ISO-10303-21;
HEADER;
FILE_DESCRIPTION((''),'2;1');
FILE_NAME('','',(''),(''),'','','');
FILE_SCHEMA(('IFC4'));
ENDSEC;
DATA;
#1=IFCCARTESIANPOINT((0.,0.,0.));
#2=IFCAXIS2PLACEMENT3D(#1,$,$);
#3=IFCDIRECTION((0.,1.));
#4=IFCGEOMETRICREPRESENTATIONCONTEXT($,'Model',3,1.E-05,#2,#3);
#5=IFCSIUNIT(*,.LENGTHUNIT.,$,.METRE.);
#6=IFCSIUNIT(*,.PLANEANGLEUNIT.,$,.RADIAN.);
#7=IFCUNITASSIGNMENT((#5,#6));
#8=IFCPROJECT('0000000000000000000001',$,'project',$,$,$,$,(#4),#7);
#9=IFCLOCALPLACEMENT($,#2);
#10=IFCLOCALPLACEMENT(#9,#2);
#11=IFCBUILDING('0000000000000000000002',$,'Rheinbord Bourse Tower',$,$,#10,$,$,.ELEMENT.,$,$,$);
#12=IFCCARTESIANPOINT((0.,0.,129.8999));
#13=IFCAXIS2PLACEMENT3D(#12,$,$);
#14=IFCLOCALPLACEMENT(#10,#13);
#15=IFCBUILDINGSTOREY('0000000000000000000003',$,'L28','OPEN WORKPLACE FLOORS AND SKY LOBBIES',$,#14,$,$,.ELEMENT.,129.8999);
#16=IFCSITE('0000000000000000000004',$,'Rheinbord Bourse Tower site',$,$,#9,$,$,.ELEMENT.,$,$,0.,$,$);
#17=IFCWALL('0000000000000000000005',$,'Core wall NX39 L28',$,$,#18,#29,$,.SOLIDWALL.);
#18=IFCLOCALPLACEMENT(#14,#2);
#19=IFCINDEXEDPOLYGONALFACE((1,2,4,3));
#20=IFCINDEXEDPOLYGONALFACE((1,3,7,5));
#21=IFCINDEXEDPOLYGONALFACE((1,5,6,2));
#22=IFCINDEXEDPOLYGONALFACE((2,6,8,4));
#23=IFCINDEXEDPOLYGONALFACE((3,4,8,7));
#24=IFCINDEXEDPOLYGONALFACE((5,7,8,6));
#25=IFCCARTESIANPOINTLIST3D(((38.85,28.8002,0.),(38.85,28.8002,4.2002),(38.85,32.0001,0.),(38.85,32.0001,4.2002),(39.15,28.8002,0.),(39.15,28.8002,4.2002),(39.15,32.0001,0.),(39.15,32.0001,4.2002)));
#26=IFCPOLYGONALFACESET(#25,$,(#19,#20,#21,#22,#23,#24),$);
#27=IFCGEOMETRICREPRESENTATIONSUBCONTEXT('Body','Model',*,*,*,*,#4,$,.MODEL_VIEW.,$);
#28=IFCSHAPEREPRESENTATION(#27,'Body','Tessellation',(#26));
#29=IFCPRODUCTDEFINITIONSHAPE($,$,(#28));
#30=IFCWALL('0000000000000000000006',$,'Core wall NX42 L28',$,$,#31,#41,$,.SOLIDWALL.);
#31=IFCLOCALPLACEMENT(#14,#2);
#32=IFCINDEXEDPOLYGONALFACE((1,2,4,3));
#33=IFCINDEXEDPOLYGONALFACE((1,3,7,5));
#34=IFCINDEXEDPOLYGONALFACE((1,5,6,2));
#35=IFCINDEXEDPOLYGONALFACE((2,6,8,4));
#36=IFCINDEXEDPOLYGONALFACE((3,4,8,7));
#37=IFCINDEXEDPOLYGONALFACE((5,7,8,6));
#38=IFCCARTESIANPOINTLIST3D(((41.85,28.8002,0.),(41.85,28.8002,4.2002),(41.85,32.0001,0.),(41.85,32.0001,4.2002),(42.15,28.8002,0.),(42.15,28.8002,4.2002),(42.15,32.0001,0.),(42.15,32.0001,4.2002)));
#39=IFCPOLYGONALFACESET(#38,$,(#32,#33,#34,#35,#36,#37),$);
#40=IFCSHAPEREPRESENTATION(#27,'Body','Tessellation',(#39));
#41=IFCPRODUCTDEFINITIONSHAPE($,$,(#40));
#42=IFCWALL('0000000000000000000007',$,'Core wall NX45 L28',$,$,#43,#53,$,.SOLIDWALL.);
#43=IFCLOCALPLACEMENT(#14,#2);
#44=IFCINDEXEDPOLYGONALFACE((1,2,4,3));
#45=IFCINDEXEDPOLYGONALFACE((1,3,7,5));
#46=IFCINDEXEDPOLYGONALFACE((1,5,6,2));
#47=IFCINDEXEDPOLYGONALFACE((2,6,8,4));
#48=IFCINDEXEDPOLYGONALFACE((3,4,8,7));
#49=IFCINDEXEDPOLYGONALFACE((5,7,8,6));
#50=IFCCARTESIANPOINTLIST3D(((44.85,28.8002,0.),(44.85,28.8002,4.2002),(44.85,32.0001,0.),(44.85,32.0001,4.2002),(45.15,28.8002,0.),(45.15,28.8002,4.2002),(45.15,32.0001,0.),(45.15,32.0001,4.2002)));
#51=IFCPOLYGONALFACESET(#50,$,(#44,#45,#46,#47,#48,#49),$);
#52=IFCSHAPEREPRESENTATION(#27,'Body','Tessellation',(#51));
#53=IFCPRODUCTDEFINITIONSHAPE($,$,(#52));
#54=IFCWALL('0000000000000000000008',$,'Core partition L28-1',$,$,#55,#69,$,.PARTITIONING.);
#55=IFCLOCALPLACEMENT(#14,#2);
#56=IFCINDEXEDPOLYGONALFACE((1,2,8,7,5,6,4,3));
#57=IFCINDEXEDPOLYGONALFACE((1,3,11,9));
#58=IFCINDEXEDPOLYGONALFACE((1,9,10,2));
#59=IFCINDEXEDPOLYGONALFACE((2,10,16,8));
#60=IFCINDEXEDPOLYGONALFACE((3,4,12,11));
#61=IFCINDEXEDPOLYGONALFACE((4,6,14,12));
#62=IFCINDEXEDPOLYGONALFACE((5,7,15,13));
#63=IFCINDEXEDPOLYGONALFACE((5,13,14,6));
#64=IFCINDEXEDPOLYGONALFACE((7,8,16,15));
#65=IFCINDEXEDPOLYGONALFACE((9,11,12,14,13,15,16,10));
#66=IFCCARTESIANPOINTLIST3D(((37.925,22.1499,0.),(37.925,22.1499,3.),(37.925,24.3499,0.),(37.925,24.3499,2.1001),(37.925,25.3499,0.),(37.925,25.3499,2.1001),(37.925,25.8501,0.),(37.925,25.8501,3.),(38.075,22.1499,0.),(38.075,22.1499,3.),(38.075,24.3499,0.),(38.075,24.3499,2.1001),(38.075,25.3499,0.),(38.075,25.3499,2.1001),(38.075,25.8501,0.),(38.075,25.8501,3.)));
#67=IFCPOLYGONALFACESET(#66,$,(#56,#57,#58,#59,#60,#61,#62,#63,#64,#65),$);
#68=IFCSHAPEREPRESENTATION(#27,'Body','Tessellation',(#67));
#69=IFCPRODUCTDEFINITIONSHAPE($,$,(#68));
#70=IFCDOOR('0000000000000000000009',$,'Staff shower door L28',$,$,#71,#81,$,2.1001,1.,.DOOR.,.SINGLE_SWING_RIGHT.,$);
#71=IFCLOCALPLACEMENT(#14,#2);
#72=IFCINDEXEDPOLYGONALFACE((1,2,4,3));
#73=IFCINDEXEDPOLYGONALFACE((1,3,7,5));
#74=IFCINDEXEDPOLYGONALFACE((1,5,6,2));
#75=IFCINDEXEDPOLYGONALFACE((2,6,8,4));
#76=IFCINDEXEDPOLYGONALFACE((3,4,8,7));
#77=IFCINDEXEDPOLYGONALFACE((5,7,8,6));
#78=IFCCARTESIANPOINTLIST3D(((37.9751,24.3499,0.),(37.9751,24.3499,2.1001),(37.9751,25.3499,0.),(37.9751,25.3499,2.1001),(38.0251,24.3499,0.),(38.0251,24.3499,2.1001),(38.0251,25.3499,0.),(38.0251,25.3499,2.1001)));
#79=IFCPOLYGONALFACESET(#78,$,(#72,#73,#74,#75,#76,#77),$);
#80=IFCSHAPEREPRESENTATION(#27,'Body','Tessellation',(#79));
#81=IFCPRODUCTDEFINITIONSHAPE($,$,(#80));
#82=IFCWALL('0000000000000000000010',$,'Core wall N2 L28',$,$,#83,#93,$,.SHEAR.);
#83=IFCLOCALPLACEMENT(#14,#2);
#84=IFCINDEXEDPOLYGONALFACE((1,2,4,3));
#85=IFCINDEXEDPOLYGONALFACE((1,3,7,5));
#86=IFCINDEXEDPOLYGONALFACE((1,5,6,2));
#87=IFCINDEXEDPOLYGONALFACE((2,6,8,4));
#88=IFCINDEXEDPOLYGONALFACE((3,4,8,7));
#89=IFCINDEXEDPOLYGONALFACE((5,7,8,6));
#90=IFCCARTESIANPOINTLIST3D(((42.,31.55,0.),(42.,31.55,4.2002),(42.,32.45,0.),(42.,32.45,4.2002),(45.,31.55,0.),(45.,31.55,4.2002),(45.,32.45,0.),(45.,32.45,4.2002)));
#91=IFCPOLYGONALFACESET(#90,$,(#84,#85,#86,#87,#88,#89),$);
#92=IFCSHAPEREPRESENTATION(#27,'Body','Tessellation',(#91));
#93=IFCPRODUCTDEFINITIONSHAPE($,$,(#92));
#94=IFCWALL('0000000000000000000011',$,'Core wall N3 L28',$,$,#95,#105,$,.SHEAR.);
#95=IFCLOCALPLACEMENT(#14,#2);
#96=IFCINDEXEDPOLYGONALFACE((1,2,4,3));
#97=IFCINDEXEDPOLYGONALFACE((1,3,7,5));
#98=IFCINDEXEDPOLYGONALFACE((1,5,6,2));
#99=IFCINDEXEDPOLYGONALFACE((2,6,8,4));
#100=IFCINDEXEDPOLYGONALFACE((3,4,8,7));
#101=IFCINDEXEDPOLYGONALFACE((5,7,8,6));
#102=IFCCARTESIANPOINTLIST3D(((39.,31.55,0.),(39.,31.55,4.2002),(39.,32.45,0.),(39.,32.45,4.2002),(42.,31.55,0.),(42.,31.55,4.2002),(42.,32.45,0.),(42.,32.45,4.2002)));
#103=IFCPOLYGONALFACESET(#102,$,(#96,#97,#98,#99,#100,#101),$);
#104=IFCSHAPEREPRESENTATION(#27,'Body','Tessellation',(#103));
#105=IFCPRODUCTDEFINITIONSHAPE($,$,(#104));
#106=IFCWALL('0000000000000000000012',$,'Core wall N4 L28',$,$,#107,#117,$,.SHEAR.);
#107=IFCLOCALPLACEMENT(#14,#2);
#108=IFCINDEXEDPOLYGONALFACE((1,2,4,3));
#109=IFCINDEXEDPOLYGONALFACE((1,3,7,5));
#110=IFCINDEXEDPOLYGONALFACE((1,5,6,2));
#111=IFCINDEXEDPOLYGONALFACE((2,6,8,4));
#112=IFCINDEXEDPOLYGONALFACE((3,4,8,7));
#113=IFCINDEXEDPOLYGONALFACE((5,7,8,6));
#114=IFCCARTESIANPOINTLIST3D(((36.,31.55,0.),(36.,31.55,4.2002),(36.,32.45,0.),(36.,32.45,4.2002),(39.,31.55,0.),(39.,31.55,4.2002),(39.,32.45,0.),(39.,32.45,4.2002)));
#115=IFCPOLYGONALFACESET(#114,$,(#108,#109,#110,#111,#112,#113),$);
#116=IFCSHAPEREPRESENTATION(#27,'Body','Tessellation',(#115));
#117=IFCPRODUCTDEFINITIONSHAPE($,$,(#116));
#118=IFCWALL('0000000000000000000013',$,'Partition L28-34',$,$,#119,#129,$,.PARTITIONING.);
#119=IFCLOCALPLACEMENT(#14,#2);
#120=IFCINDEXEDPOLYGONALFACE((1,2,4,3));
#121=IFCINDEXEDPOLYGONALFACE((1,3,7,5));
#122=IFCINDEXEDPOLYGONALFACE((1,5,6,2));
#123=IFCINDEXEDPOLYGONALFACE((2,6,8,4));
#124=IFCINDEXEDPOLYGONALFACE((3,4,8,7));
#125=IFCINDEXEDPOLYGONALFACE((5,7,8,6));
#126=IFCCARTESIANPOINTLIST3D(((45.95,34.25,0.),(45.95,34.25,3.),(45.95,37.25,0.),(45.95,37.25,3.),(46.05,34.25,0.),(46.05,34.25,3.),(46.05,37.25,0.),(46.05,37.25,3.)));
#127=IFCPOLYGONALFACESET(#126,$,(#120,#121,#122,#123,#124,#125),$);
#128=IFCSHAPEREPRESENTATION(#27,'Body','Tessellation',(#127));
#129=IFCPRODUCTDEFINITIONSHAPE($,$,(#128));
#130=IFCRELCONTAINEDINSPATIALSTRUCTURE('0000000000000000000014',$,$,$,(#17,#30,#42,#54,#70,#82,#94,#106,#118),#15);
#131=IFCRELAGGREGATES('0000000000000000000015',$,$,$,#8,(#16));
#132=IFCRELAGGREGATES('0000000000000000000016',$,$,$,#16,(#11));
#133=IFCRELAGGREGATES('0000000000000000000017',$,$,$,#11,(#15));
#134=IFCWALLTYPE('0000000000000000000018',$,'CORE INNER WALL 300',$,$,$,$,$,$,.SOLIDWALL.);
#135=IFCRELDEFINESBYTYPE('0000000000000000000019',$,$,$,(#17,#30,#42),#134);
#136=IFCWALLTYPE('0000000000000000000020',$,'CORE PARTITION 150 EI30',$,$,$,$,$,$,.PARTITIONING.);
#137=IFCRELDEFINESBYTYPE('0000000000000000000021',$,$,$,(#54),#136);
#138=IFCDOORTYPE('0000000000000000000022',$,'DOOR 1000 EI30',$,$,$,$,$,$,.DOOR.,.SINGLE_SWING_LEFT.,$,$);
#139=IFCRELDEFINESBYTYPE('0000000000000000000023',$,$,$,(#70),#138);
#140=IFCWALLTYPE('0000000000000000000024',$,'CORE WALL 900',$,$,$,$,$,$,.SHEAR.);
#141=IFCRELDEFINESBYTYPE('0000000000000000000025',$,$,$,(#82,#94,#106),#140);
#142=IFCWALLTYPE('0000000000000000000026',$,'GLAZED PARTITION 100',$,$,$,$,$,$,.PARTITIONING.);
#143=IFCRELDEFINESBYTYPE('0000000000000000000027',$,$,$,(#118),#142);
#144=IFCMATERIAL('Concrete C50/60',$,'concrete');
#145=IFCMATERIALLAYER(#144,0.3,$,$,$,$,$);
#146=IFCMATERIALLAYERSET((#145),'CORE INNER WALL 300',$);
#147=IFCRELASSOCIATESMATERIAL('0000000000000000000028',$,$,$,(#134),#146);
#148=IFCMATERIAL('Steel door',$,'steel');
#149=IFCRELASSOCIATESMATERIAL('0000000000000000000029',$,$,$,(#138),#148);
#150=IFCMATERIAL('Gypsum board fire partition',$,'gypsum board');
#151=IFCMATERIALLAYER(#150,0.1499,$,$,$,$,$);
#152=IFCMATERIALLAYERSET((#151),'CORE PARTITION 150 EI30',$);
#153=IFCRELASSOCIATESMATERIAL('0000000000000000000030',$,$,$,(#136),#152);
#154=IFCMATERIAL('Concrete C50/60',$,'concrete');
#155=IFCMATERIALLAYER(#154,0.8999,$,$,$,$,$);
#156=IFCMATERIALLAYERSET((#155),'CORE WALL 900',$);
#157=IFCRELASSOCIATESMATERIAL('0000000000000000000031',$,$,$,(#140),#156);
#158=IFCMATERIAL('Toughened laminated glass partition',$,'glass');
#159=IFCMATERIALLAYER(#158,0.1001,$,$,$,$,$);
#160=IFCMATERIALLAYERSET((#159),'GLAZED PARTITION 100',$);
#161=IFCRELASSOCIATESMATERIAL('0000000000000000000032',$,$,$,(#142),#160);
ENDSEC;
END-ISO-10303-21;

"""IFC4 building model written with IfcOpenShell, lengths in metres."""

from ifc_helpers import new_model, si_unit, direction, frame, frame_2d, origin, place, context, subcontext, project, spatial, rectangle, extrude, material, layer, layer_set, type_object, element, fill, save


model = new_model("IFC4")

# Units and contexts
model_context = context("Model", 3, precision=1e-05, world=origin(), true_north=direction((0.0, 1.0)))
body_context = subcontext(model_context, "Body", "Model", "MODEL_VIEW")
ifc_project = project(units=[si_unit("LENGTHUNIT", "METRE"), si_unit("PLANEANGLEUNIT", "RADIAN")], contexts=[model_context])

# Site, building, storey
site_placement = place(None, origin())
site = spatial("IfcSite", under=ifc_project, at=site_placement, Name="Rheinbord Bourse Tower site", CompositionType="ELEMENT", RefElevation=0.0)
building_placement = place(site_placement, origin())
building = spatial("IfcBuilding", under=site, at=building_placement, Name="Rheinbord Bourse Tower", CompositionType="ELEMENT")
storey_placement = place(building_placement, frame((0.0, 0.0, 129.8999)))
storey = spatial("IfcBuildingStorey", under=building, at=storey_placement, Name="L28", Description="OPEN WORKPLACE FLOORS AND SKY LOBBIES", CompositionType="ELEMENT", Elevation=129.8999)

# Shared definitions
ifc_material_1 = material(Name="Concrete C50/60", Category="concrete")
ifc_layer_1 = layer(ifc_material_1, 0.3)
ifc_layer_set_1 = layer_set([ifc_layer_1], Name="CORE INNER WALL 300")
wall_type_1 = type_object("IfcWallType", Name="CORE INNER WALL 300", PredefinedType="SOLIDWALL", material=ifc_layer_set_1)

# Shared definitions
ifc_material_2 = material(Name="Steel door", Category="steel")
door_type_1 = type_object("IfcDoorType", Name="DOOR 1000 EI30", OperationType="SINGLE_SWING_LEFT", PredefinedType="DOOR", material=ifc_material_2)

# Walls
for number, where, z_axis, x_axis, name in (
    (1, (39.0, 28.8, 0.0), (0.0, 0.0, 1.0), (0.0, 1.0, 0.0), "Core wall NX39 L28"),
    (2, (42.0, 28.8, 0.0), (0.0, 0.0, 1.0), (0.0, 1.0, 0.0), "Core wall NX42 L28"),
    (3, (45.0, 28.8, 0.0), (0.0, 0.0, 1.0), (0.0, 1.0, 0.0), "Core wall NX45 L28"),
):
    element("IfcWall", number, at=place(storey_placement, frame(where, z_axis=z_axis, x_axis=x_axis)), inside=storey, type_object=wall_type_1, Name=name, PredefinedType="SOLIDWALL", context=body_context, shape_type="SweptSolid", body=[
        extrude(rectangle(XDim=3.2, YDim=0.3, at=frame_2d((1.6001, 0.0))), origin(), (0.0, 0.0, 1.0), 4.2002),
    ])

# Wall, opening, door
ifc_material_3 = material(Name="Gypsum board fire partition", Category="gypsum board")
ifc_layer_2 = layer(ifc_material_3, 0.1499)
ifc_layer_set_2 = layer_set([ifc_layer_2], Name="CORE PARTITION 150 EI30")
wall_type_2 = type_object("IfcWallType", Name="CORE PARTITION 150 EI30", PredefinedType="PARTITIONING", material=ifc_layer_set_2)
wall_1_placement = place(storey_placement, frame((38.0, 22.1499, 0.0), z_axis=(0.0, 0.0, 1.0), x_axis=(0.0, 1.0, 0.0)))
wall_1 = element("IfcWall", 4, at=wall_1_placement, inside=storey, type_object=wall_type_2, Name="Core partition L28-1", PredefinedType="PARTITIONING", context=body_context, shape_type="SweptSolid", body=[
    extrude(rectangle(XDim=3.7002, YDim=0.1499, at=frame_2d((1.8501, 0.0))), origin(), (0.0, 0.0, 1.0), 3.0),
])
opening_1_placement = place(wall_1_placement, frame((2.2, 0.0, 0.0)))
opening_1 = element("IfcOpeningElement", 5, at=opening_1_placement, cuts=wall_1, PredefinedType="OPENING", context=body_context, shape_type="SweptSolid", body=[
    extrude(rectangle(XDim=1.0, YDim=2.1001, at=frame_2d((0.5, 1.05))), frame((0.0, 0.085, 0.0), z_axis=(0.0, -1.0, 0.0), x_axis=(1.0, 0.0, 0.0)), (0.0, 0.0, 1.0), 0.1699),
])
door_1_placement = place(opening_1_placement, origin())
door_1 = element("IfcDoor", 6, at=door_1_placement, inside=storey, type_object=door_type_1, Name="Staff shower door L28", OperationType="SINGLE_SWING_RIGHT", OverallHeight=2.1001, OverallWidth=1.0, PredefinedType="DOOR", context=body_context, shape_type="SweptSolid", body=[
    extrude(rectangle(XDim=1.0, YDim=2.1001, at=frame_2d((0.5, 1.05))), frame((0.0, 0.0249, 0.0), z_axis=(0.0, -1.0, 0.0), x_axis=(1.0, 0.0, 0.0)), (0.0, 0.0, 1.0), 0.05),
])
fill(opening_1, door_1)

# Walls
ifc_material_4 = material(Name="Concrete C50/60", Category="concrete")
ifc_layer_3 = layer(ifc_material_4, 0.8999)
ifc_layer_set_3 = layer_set([ifc_layer_3], Name="CORE WALL 900")
wall_type_3 = type_object("IfcWallType", Name="CORE WALL 900", PredefinedType="SHEAR", material=ifc_layer_set_3)
for number, where, z_axis, x_axis, name in (
    (7, (45.0, 32.0, 0.0), (0.0, 0.0, 1.0), (-1.0, 0.0, 0.0), "Core wall N2 L28"),
    (8, (42.0, 32.0, 0.0), (0.0, 0.0, 1.0), (-1.0, 0.0, 0.0), "Core wall N3 L28"),
    (9, (39.0, 32.0, 0.0), (0.0, 0.0, 1.0), (-1.0, 0.0, 0.0), "Core wall N4 L28"),
):
    element("IfcWall", number, at=place(storey_placement, frame(where, z_axis=z_axis, x_axis=x_axis)), inside=storey, type_object=wall_type_3, Name=name, PredefinedType="SHEAR", context=body_context, shape_type="SweptSolid", body=[
        extrude(rectangle(XDim=3.0, YDim=0.8999, at=frame_2d((1.5, 0.0))), origin(), (0.0, 0.0, 1.0), 4.2002),
    ])
ifc_material_5 = material(Name="Toughened laminated glass partition", Category="glass")
ifc_layer_4 = layer(ifc_material_5, 0.1001)
ifc_layer_set_4 = layer_set([ifc_layer_4], Name="GLAZED PARTITION 100")
wall_type_4 = type_object("IfcWallType", Name="GLAZED PARTITION 100", PredefinedType="PARTITIONING", material=ifc_layer_set_4)
wall_2_placement = place(storey_placement, frame((46.0, 34.25, 0.0), z_axis=(0.0, 0.0, 1.0), x_axis=(0.0, 1.0, 0.0)))
element("IfcWall", 10, at=wall_2_placement, inside=storey, type_object=wall_type_4, Name="Partition L28-34", PredefinedType="PARTITIONING", context=body_context, shape_type="SweptSolid", body=[
    extrude(rectangle(XDim=3.0, YDim=0.1001, at=frame_2d((1.5, 0.0))), origin(), (0.0, 0.0, 1.0), 3.0),
])

save(model, "model.ifc")
